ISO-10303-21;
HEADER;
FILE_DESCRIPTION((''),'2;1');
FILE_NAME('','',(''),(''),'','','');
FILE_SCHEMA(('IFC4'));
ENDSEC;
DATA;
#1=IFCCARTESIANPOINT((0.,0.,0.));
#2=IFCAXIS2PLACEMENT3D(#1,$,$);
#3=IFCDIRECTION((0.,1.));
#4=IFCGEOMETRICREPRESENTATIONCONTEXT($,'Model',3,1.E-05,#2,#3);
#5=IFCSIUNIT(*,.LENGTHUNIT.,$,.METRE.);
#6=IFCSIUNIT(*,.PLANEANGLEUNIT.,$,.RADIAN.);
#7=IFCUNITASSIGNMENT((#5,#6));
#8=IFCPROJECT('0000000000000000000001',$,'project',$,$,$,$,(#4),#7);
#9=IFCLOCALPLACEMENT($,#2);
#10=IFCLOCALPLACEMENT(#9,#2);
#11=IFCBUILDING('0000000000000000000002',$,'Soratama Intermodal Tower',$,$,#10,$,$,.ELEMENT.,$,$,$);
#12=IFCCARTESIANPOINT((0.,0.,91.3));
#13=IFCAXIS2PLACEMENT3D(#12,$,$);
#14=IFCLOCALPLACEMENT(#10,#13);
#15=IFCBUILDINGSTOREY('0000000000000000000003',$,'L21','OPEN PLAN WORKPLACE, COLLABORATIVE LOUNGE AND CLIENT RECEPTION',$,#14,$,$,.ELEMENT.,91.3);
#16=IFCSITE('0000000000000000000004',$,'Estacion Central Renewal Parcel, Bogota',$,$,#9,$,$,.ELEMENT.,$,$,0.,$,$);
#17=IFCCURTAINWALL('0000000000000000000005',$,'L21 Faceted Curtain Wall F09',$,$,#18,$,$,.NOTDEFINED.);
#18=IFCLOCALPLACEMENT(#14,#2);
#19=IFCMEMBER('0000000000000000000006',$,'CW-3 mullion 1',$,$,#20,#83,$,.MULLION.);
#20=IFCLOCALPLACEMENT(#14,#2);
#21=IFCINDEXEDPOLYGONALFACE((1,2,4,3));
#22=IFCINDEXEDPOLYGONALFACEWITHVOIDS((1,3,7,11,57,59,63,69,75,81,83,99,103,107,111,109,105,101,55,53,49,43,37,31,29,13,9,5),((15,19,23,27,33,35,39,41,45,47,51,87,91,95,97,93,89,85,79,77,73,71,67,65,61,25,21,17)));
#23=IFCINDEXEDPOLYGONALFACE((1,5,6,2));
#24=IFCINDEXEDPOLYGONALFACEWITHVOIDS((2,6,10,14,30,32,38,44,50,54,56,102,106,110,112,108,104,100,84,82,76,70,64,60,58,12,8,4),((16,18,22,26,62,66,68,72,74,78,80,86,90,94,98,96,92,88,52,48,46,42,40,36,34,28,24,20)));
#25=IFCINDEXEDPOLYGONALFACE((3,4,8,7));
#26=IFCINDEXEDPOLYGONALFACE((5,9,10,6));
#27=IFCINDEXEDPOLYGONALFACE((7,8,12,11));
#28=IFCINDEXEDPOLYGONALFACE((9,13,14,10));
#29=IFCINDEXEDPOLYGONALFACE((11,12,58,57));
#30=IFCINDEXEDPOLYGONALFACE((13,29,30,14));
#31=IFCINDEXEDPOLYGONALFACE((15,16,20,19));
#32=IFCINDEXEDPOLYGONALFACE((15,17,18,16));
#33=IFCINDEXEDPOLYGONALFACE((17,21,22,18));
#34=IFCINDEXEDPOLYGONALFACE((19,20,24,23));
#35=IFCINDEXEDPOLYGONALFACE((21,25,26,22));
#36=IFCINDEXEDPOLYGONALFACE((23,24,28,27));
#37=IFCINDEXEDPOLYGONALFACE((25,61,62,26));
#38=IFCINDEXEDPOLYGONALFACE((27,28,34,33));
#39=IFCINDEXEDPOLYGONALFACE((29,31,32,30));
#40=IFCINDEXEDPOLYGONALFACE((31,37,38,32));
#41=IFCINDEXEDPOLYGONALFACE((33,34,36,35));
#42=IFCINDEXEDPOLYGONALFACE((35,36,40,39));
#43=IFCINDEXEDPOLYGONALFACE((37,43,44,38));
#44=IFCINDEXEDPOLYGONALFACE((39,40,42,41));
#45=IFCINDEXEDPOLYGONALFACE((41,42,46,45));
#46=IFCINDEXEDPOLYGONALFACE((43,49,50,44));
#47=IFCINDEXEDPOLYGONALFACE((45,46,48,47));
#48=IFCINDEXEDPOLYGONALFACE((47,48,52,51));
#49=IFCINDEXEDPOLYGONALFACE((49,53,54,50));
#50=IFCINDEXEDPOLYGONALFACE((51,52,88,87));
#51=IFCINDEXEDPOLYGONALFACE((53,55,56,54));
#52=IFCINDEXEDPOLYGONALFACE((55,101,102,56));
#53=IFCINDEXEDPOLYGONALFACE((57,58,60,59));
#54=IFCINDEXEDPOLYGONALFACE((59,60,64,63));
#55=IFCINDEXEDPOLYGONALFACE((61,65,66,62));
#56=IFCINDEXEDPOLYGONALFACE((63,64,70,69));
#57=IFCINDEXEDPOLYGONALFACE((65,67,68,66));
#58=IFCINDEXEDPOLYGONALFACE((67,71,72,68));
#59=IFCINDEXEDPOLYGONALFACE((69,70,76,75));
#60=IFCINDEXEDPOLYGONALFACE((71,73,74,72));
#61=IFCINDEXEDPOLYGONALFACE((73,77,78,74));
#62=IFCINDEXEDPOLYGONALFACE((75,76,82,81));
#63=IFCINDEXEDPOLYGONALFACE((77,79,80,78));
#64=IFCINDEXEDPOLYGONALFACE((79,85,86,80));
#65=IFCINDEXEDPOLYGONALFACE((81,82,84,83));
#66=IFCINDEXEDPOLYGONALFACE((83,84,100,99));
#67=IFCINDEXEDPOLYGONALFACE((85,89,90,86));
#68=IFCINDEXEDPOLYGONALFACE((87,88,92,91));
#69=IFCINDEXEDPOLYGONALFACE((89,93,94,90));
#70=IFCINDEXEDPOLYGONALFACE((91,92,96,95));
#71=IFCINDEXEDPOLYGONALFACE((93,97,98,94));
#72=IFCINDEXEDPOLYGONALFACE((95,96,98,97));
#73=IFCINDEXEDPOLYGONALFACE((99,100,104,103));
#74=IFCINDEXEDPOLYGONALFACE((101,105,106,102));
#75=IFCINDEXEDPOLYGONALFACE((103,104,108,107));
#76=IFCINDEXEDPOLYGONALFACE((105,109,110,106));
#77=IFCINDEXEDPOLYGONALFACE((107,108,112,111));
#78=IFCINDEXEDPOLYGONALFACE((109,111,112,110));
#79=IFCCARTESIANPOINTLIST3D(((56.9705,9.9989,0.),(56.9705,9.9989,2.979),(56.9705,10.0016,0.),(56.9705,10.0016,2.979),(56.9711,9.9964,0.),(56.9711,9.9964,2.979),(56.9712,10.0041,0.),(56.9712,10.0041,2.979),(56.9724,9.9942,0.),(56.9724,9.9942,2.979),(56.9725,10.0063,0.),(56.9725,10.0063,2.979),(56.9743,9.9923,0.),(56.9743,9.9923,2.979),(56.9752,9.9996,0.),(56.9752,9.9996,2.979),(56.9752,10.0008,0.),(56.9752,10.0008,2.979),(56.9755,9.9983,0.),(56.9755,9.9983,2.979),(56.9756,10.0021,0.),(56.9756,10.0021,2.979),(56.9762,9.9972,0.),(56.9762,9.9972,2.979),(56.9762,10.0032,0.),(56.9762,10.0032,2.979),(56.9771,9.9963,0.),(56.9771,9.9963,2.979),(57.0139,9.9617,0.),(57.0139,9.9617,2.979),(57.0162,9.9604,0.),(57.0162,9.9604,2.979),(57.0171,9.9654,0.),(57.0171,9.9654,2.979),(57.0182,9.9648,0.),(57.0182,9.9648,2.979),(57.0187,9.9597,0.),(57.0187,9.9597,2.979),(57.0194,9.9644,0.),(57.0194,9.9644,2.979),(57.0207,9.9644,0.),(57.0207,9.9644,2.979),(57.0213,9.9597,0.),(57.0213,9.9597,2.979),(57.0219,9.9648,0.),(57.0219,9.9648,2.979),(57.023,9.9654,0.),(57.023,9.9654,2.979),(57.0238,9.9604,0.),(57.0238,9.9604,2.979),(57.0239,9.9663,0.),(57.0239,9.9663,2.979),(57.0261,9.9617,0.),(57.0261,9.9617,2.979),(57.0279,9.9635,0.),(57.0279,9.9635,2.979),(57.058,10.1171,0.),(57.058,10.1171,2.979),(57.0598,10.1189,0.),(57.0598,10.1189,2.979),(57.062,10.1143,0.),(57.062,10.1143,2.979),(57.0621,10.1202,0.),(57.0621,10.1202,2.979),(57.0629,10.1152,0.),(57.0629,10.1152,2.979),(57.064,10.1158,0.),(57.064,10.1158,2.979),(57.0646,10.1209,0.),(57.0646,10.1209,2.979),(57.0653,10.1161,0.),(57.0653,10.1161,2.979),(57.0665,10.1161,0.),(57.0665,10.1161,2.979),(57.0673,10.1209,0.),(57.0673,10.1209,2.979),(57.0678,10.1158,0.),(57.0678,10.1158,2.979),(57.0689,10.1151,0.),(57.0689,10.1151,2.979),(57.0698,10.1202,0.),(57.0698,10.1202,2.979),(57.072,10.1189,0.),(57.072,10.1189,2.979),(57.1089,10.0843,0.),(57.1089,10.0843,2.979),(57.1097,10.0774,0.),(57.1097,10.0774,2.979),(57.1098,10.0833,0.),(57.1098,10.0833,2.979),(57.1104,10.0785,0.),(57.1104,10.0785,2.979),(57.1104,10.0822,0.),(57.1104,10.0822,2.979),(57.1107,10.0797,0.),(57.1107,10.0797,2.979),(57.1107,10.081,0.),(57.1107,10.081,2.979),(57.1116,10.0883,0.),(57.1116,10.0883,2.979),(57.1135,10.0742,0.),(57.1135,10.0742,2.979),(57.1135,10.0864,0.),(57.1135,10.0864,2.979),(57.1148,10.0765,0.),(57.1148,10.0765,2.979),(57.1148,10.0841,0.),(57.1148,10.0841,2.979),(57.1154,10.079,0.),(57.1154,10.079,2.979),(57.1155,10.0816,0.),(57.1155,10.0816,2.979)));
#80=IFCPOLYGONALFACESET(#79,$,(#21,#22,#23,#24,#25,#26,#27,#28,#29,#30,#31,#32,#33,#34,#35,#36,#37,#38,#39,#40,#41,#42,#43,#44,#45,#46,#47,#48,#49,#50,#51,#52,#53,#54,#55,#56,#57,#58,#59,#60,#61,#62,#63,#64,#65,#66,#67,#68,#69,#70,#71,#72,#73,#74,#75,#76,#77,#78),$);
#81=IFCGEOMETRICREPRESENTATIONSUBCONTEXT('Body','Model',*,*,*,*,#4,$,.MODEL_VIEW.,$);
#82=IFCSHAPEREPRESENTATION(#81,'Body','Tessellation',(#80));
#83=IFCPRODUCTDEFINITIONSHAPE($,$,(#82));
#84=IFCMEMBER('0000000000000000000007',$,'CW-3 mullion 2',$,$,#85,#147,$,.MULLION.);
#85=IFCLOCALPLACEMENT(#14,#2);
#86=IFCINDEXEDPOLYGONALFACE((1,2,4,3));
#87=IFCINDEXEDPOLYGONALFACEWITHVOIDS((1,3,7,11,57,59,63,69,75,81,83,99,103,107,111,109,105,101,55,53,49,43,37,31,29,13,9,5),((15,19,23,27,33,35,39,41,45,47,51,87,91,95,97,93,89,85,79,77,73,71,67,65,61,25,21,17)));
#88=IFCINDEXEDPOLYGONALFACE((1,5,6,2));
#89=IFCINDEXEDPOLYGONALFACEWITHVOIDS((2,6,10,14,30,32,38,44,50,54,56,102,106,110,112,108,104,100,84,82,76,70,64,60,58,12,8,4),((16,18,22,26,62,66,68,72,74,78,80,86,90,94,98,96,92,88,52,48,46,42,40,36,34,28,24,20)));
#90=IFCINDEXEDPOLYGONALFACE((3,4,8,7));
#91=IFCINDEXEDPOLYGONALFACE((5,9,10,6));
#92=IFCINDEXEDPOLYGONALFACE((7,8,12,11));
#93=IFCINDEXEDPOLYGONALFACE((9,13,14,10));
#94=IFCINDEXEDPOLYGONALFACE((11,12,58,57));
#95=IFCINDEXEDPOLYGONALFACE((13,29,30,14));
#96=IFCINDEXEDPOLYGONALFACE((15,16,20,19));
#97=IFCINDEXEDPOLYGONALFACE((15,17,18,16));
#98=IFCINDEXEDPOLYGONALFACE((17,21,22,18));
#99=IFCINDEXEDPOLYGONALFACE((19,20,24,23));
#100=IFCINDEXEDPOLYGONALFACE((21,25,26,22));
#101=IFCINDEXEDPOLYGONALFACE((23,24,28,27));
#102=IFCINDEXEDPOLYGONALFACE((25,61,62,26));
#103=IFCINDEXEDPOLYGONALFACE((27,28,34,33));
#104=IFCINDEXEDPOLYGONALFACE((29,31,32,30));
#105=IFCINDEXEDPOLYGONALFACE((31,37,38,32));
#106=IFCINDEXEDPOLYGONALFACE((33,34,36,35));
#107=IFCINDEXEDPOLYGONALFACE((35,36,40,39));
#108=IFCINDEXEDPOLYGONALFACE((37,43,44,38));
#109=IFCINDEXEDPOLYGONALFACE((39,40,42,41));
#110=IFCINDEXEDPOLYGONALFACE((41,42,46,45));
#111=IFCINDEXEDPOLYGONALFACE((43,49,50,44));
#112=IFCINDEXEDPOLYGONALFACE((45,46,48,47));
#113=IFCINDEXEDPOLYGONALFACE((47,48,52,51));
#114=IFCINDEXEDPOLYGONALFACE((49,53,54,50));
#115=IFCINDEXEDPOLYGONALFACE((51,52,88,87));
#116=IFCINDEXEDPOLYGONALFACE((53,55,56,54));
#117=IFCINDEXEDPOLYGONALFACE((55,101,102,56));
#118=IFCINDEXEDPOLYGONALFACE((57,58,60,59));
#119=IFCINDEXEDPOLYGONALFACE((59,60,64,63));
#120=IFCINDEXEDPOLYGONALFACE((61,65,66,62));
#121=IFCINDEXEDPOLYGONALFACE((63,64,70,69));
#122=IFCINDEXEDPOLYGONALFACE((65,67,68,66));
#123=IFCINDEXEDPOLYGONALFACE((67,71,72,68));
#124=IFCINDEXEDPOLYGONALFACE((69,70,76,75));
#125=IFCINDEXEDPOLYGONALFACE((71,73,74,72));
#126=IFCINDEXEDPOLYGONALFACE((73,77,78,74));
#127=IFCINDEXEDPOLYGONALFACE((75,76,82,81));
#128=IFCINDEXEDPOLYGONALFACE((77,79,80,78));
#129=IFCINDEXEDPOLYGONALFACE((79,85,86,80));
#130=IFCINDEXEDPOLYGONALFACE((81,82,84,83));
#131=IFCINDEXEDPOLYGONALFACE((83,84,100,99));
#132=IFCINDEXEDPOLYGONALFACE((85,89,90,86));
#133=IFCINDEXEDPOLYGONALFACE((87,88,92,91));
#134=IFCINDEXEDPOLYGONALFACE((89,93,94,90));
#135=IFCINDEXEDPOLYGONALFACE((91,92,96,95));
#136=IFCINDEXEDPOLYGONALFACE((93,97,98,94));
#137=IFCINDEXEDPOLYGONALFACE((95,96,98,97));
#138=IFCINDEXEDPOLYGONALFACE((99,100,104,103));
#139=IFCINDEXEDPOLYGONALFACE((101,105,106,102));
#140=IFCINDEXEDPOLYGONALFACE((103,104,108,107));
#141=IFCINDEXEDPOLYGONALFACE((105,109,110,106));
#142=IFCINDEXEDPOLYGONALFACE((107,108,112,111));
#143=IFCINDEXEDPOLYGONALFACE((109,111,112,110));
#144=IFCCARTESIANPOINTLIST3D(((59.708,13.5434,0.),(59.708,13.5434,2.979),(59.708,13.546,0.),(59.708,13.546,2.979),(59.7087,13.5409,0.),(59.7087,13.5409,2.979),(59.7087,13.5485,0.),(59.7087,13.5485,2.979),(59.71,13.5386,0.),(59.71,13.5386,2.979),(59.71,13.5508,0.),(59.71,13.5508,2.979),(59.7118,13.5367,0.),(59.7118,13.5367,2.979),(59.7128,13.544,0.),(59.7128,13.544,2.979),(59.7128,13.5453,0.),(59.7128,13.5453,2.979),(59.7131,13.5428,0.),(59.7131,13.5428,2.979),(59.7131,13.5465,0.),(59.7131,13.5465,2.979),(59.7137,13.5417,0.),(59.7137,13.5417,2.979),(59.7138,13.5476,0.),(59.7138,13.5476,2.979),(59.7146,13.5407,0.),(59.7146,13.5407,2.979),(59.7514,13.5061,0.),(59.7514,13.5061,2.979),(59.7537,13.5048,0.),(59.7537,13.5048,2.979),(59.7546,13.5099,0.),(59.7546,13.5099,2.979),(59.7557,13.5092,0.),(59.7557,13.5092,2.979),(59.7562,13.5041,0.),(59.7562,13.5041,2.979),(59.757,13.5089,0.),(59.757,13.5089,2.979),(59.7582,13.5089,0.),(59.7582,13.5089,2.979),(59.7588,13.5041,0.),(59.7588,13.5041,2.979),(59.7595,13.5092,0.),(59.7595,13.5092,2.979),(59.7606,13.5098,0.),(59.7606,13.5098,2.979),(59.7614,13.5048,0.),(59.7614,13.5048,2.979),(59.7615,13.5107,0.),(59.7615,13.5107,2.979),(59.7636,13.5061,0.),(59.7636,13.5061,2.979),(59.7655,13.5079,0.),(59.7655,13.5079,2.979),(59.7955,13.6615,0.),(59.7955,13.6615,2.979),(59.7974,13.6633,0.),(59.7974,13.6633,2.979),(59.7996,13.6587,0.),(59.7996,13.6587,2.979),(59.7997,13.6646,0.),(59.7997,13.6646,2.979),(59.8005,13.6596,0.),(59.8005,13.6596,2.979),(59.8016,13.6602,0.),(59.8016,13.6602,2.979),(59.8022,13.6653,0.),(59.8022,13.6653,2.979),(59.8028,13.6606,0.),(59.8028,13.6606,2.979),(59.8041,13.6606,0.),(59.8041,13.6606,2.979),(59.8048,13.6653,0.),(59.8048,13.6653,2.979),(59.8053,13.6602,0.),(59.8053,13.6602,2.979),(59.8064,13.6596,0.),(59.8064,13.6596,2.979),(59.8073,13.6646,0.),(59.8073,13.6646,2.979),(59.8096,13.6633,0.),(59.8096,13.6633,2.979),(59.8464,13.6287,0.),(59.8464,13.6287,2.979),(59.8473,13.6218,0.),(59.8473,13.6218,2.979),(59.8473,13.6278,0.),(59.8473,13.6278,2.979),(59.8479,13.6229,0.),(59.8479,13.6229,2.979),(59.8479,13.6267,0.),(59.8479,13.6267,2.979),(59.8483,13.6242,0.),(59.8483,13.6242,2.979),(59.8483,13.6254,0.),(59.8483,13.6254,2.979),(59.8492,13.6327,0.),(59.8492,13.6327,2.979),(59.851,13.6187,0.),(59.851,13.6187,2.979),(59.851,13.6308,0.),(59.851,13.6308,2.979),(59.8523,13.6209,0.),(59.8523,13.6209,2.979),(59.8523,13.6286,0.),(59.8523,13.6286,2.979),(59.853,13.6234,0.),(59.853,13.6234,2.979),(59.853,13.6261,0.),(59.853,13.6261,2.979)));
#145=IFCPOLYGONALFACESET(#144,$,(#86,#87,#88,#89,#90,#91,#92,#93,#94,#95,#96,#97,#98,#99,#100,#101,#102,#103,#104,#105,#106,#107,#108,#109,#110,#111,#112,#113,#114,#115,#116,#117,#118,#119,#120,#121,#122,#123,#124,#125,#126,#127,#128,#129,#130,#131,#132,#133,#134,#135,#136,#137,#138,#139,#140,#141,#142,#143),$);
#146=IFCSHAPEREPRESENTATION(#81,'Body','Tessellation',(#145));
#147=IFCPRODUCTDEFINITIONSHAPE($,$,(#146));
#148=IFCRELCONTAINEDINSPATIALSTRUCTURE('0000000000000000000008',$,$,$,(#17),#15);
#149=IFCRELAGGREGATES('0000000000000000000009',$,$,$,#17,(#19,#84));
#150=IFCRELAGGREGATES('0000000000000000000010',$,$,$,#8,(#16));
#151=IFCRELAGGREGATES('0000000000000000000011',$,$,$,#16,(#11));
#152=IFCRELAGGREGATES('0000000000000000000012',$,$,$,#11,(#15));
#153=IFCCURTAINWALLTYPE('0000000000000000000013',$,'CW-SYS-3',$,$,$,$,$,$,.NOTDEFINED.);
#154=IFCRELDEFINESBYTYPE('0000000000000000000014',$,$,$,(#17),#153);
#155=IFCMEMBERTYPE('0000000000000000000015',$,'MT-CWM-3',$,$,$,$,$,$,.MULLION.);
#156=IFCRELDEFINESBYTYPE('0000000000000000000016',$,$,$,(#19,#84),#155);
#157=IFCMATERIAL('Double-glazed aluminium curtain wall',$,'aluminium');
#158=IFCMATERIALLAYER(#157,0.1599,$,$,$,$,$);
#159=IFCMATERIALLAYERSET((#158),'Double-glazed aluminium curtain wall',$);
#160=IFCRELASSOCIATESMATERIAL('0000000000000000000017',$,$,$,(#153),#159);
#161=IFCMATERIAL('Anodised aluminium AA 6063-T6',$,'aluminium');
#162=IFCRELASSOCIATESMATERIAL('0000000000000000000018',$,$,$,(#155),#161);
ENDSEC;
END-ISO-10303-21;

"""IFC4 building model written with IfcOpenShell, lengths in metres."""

from ifc_helpers import new_model, si_unit, direction, frame, origin, origin_2d, place, context, subcontext, project, spatial, hollow_rectangle, extrude, material, layer, layer_set, material_profile, profile_set, type_object, element, aggregate, save


model = new_model("IFC4")

# Units and contexts
model_context = context("Model", 3, precision=1e-05, world=origin(), true_north=direction((0.0, 1.0)))
body_context = subcontext(model_context, "Body", "Model", "MODEL_VIEW")
ifc_project = project(units=[si_unit("LENGTHUNIT", "METRE"), si_unit("PLANEANGLEUNIT", "RADIAN")], contexts=[model_context])

# Site, building, storey
site_placement = place(None, origin())
site = spatial("IfcSite", under=ifc_project, at=site_placement, Name="Estacion Central Renewal Parcel, Bogota", CompositionType="ELEMENT", RefElevation=0.0)
building_placement = place(site_placement, origin())
building = spatial("IfcBuilding", under=site, at=building_placement, Name="Soratama Intermodal Tower", CompositionType="ELEMENT")
storey_placement = place(building_placement, frame((0.0, 0.0, 91.3)))
storey = spatial("IfcBuildingStorey", under=building, at=storey_placement, Name="L21", Description="OPEN PLAN WORKPLACE, COLLABORATIVE LOUNGE AND CLIENT RECEPTION", CompositionType="ELEMENT", Elevation=91.3)

# Curtain wall, members
ifc_material_1 = material(Name="Double-glazed aluminium curtain wall", Category="aluminium")
ifc_layer_1 = layer(ifc_material_1, 0.1599)
ifc_layer_set_1 = layer_set([ifc_layer_1], Name="Double-glazed aluminium curtain wall")
curtain_wall_type = type_object("IfcCurtainWallType", Name="CW-SYS-3", PredefinedType="NOTDEFINED", material=ifc_layer_set_1)
curtain_wall_placement = place(storey_placement, origin())
curtain_wall = element("IfcCurtainWall", 1, at=curtain_wall_placement, inside=storey, type_object=curtain_wall_type, Name="L21 Faceted Curtain Wall F09", PredefinedType="NOTDEFINED")
ifc_material_2 = material(Name="Anodised aluminium AA 6063-T6", Category="aluminium")
ifc_material_profile_1 = material_profile(ifc_material_2, hollow_rectangle(XDim=0.0701, YDim=0.1599, WallThickness=0.0049, InnerFilletRadius=0.0049, OuterFilletRadius=0.01, at=origin_2d()), Name="CWM160X70X5")
ifc_profile_set_1 = profile_set([ifc_material_profile_1], Name="Anodised aluminium AA 6063-T6")
member_type_1 = type_object("IfcMemberType", Name="MT-CWM-3", PredefinedType="MULLION", material=ifc_profile_set_1)
member_1_placement = place(storey_placement, frame((57.043, 10.0403, 0.0), z_axis=(0.0, 0.0, 1.0), x_axis=(-0.791437, 0.611251, 0.0)))
member_1 = element("IfcMember", 2, at=member_1_placement, type_object=member_type_1, Name="CW-3 mullion 1", PredefinedType="MULLION", context=body_context, shape_type="SweptSolid", body=[
    extrude(hollow_rectangle(XDim=0.0701, YDim=0.1599, WallThickness=0.0049, InnerFilletRadius=0.0049, OuterFilletRadius=0.01, at=origin_2d()), origin(), (0.0, 0.0, 1.0), 2.979),
])
member_2_placement = place(storey_placement, frame((59.7805, 13.5847, 0.0), z_axis=(0.0, 0.0, 1.0), x_axis=(-0.791437, 0.611251, 0.0)))
member_2 = element("IfcMember", 3, at=member_2_placement, type_object=member_type_1, Name="CW-3 mullion 2", PredefinedType="MULLION", context=body_context, shape_type="SweptSolid", body=[
    extrude(hollow_rectangle(XDim=0.0701, YDim=0.1599, WallThickness=0.0049, InnerFilletRadius=0.0049, OuterFilletRadius=0.01, at=origin_2d()), origin(), (0.0, 0.0, 1.0), 2.979),
])
aggregate(curtain_wall, [member_1, member_2])

save(model, "model.ifc")
